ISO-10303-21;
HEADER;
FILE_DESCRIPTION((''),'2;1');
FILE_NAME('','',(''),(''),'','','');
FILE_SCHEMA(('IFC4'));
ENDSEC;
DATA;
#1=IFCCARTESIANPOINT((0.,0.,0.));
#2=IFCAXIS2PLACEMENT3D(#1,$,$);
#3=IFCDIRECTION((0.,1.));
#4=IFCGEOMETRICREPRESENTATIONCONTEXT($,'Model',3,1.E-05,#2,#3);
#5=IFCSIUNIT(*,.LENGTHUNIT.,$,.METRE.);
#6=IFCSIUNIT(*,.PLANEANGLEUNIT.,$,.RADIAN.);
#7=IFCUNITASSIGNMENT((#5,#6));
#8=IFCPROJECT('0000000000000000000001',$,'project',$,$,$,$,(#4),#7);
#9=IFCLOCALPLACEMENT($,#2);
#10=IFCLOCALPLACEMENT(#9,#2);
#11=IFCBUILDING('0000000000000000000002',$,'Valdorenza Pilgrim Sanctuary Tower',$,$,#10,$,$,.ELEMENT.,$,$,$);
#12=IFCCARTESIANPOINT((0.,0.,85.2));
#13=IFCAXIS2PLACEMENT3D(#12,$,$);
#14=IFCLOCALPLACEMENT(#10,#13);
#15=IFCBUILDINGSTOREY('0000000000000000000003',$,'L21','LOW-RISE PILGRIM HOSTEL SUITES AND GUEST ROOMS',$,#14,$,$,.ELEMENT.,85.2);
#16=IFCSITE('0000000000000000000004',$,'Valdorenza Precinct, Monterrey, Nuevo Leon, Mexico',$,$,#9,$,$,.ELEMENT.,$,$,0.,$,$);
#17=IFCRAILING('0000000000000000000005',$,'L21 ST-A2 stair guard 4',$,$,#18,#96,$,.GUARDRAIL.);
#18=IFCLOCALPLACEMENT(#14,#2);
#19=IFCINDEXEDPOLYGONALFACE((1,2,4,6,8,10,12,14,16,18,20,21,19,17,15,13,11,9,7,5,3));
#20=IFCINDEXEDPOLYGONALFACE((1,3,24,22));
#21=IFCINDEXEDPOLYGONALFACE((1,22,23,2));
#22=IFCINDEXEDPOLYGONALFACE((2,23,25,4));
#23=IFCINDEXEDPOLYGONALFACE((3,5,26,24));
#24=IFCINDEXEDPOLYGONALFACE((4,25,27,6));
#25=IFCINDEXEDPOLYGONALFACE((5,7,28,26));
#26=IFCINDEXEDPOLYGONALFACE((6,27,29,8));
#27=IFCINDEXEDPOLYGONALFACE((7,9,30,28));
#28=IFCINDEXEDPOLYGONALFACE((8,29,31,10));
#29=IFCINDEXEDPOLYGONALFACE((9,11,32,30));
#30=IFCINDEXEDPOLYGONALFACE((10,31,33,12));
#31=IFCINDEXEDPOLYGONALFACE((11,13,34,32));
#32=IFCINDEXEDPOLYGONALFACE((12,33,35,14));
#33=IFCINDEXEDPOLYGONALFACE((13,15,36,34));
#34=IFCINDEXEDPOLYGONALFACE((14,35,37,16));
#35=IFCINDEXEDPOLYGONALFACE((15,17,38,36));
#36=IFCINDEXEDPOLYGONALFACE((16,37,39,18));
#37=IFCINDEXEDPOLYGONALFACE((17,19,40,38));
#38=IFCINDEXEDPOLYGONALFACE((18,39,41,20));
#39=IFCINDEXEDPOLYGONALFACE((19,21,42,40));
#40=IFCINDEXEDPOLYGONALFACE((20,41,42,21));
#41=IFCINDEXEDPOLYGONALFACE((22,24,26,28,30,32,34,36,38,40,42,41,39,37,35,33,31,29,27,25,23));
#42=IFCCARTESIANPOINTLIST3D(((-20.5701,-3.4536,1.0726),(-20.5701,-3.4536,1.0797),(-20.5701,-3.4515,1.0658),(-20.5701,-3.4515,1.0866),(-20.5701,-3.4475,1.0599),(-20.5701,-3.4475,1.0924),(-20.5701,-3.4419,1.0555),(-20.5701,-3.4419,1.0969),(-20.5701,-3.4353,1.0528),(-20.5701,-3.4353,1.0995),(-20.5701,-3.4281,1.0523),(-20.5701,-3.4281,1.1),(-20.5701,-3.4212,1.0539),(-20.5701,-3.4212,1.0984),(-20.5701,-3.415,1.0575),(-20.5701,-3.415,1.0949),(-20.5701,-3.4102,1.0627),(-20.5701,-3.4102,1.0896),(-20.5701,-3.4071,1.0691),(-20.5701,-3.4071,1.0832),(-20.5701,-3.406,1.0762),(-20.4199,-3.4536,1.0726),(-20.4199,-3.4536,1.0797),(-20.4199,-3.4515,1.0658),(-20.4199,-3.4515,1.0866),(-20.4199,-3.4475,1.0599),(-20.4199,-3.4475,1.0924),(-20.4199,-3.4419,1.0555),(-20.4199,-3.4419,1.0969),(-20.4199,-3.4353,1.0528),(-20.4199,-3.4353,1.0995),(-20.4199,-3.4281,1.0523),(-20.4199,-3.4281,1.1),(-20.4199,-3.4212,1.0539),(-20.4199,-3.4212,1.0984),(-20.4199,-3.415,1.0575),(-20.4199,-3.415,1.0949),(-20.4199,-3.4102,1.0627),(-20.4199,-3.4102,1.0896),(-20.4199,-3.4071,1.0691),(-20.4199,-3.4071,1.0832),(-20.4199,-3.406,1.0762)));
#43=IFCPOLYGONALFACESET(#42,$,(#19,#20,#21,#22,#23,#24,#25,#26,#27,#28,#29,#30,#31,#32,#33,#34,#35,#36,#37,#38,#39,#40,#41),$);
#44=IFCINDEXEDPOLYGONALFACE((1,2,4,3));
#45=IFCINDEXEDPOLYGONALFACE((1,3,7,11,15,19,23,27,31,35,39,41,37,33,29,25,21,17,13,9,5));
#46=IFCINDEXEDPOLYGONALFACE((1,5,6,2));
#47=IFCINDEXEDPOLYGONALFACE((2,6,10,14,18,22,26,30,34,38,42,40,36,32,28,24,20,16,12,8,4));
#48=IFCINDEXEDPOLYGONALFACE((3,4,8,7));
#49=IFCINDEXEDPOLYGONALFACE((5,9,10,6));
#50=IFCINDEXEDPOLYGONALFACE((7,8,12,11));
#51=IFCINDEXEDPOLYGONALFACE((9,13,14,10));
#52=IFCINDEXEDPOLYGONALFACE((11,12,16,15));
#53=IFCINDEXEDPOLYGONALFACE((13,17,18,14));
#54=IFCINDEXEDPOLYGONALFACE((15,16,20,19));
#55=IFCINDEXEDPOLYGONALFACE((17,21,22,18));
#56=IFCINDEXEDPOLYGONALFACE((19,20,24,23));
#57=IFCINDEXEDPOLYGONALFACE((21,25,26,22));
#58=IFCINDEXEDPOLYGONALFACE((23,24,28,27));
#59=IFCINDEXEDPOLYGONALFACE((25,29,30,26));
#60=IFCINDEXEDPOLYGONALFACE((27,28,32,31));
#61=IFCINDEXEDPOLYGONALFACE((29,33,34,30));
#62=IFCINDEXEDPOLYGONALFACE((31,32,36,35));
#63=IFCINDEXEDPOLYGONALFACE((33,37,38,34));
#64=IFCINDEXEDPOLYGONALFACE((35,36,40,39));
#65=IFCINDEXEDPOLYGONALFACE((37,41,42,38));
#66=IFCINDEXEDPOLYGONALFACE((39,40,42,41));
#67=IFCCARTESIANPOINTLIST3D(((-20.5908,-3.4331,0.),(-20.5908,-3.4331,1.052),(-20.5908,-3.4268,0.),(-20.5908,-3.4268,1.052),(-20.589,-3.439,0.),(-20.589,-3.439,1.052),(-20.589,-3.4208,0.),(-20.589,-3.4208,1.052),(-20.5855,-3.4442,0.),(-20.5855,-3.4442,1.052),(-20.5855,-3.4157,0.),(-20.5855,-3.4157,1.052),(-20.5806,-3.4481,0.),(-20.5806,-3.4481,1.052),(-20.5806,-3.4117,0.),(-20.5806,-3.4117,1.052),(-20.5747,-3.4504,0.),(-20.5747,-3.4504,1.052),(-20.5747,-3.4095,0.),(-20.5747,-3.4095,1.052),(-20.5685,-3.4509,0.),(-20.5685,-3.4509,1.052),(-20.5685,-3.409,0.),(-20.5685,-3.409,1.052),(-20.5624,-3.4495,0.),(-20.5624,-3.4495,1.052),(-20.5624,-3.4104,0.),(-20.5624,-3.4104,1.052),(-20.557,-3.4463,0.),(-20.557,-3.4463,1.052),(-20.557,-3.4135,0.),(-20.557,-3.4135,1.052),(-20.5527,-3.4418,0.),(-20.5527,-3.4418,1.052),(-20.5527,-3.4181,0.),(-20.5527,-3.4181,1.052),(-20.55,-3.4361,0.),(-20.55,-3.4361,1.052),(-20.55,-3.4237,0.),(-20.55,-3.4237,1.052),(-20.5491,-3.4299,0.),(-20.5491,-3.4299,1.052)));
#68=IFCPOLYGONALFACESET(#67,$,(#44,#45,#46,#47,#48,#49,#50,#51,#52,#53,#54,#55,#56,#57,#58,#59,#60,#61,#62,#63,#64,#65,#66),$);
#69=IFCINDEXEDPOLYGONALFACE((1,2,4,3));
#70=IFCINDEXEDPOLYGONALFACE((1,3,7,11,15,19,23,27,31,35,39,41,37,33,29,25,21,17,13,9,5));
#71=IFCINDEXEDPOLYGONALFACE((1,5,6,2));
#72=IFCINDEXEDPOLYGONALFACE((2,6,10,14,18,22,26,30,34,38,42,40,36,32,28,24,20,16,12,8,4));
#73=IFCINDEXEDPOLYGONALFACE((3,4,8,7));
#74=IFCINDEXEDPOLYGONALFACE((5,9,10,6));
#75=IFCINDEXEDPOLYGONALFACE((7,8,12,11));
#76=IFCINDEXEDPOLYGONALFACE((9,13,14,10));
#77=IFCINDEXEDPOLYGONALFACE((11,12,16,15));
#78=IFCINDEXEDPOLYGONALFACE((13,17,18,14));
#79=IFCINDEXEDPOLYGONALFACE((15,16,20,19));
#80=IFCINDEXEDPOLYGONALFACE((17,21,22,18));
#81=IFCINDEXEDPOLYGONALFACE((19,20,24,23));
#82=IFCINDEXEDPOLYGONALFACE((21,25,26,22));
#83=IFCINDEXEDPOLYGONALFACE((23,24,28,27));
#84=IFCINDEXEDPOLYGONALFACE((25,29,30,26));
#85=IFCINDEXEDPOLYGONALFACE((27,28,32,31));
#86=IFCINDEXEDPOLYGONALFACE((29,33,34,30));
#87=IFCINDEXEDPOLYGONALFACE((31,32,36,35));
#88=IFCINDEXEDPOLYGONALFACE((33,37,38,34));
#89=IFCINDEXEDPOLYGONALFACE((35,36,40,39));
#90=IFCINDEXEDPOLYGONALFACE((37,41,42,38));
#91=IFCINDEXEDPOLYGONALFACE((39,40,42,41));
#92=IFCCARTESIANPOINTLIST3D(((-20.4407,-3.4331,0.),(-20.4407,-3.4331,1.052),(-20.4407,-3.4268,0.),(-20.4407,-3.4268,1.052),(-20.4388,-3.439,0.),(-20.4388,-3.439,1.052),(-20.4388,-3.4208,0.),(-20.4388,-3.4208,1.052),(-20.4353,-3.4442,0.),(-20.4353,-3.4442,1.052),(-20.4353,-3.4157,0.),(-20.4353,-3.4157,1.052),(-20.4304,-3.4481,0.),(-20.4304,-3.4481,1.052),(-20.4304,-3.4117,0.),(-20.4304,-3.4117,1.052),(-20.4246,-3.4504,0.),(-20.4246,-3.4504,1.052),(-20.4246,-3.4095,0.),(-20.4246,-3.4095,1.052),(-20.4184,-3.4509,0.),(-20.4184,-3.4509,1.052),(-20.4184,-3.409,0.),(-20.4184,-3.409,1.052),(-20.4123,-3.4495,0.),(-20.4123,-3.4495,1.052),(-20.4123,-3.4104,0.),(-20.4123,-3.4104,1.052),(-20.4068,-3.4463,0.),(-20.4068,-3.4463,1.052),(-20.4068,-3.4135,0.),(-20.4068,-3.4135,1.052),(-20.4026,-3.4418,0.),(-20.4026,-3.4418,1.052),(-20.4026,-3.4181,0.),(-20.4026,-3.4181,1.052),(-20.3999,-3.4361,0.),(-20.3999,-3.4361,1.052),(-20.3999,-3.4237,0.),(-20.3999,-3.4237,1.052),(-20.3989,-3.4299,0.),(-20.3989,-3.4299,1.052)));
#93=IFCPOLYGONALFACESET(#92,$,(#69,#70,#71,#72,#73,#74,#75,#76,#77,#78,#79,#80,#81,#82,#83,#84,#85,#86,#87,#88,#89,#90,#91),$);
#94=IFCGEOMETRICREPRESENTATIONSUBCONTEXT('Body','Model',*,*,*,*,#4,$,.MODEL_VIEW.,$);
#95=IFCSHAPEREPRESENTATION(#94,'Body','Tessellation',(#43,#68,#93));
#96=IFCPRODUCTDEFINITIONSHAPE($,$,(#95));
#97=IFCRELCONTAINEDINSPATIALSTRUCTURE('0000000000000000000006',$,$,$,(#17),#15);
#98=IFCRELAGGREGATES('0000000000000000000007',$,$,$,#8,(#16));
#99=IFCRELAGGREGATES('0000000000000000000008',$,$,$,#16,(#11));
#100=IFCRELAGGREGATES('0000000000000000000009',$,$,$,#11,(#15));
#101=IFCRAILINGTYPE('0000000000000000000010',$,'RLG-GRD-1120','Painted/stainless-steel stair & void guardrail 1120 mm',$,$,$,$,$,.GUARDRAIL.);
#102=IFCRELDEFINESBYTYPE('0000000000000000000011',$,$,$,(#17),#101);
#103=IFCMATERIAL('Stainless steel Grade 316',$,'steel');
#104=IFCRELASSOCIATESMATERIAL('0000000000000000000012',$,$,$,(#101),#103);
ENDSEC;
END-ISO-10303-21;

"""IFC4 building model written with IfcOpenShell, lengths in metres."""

from ifc_helpers import new_model, si_unit, direction, frame, origin, origin_2d, place, context, subcontext, project, spatial, circle, extrude, material, type_object, element, save


model = new_model("IFC4")

# Units and contexts
model_context = context("Model", 3, precision=1e-05, world=origin(), true_north=direction((0.0, 1.0)))
body_context = subcontext(model_context, "Body", "Model", "MODEL_VIEW")
ifc_project = project(units=[si_unit("LENGTHUNIT", "METRE"), si_unit("PLANEANGLEUNIT", "RADIAN")], contexts=[model_context])

# Site, building, storey
site_placement = place(None, origin())
site = spatial("IfcSite", under=ifc_project, at=site_placement, Name="Valdorenza Precinct, Monterrey, Nuevo Leon, Mexico", CompositionType="ELEMENT", RefElevation=0.0)
building_placement = place(site_placement, origin())
building = spatial("IfcBuilding", under=site, at=building_placement, Name="Valdorenza Pilgrim Sanctuary Tower", CompositionType="ELEMENT")
storey_placement = place(building_placement, frame((0.0, 0.0, 85.2)))
storey = spatial("IfcBuildingStorey", under=building, at=storey_placement, Name="L21", Description="LOW-RISE PILGRIM HOSTEL SUITES AND GUEST ROOMS", CompositionType="ELEMENT", Elevation=85.2)

# Railing
ifc_material_1 = material(Name="Stainless steel Grade 316", Category="steel")
railing_type_1 = type_object("IfcRailingType", Name="RLG-GRD-1120", Description="Painted/stainless-steel stair & void guardrail 1120 mm", PredefinedType="GUARDRAIL", material=ifc_material_1)
railing_1_placement = place(storey_placement, frame((-20.5701, -3.4299, 0.0)))
element("IfcRailing", 1, at=railing_1_placement, inside=storey, type_object=railing_type_1, Name="L21 ST-A2 stair guard 4", PredefinedType="GUARDRAIL", context=body_context, shape_type="SweptSolid", body=[
    extrude(circle(Radius=0.0239, at=origin_2d()), frame((0.0, 0.0, 1.0762), z_axis=(1.0, 0.0, 0.0), x_axis=(0.0, 1.0, 0.0)), (0.0, 0.0, 1.0), 0.1501),
    extrude(circle(Radius=0.021, at=origin_2d()), origin(), (0.0, 0.0, 1.0), 1.052),
    extrude(circle(Radius=0.021, at=origin_2d()), frame((0.1501, 0.0, 0.0)), (0.0, 0.0, 1.0), 1.052),
])

save(model, "model.ifc")
